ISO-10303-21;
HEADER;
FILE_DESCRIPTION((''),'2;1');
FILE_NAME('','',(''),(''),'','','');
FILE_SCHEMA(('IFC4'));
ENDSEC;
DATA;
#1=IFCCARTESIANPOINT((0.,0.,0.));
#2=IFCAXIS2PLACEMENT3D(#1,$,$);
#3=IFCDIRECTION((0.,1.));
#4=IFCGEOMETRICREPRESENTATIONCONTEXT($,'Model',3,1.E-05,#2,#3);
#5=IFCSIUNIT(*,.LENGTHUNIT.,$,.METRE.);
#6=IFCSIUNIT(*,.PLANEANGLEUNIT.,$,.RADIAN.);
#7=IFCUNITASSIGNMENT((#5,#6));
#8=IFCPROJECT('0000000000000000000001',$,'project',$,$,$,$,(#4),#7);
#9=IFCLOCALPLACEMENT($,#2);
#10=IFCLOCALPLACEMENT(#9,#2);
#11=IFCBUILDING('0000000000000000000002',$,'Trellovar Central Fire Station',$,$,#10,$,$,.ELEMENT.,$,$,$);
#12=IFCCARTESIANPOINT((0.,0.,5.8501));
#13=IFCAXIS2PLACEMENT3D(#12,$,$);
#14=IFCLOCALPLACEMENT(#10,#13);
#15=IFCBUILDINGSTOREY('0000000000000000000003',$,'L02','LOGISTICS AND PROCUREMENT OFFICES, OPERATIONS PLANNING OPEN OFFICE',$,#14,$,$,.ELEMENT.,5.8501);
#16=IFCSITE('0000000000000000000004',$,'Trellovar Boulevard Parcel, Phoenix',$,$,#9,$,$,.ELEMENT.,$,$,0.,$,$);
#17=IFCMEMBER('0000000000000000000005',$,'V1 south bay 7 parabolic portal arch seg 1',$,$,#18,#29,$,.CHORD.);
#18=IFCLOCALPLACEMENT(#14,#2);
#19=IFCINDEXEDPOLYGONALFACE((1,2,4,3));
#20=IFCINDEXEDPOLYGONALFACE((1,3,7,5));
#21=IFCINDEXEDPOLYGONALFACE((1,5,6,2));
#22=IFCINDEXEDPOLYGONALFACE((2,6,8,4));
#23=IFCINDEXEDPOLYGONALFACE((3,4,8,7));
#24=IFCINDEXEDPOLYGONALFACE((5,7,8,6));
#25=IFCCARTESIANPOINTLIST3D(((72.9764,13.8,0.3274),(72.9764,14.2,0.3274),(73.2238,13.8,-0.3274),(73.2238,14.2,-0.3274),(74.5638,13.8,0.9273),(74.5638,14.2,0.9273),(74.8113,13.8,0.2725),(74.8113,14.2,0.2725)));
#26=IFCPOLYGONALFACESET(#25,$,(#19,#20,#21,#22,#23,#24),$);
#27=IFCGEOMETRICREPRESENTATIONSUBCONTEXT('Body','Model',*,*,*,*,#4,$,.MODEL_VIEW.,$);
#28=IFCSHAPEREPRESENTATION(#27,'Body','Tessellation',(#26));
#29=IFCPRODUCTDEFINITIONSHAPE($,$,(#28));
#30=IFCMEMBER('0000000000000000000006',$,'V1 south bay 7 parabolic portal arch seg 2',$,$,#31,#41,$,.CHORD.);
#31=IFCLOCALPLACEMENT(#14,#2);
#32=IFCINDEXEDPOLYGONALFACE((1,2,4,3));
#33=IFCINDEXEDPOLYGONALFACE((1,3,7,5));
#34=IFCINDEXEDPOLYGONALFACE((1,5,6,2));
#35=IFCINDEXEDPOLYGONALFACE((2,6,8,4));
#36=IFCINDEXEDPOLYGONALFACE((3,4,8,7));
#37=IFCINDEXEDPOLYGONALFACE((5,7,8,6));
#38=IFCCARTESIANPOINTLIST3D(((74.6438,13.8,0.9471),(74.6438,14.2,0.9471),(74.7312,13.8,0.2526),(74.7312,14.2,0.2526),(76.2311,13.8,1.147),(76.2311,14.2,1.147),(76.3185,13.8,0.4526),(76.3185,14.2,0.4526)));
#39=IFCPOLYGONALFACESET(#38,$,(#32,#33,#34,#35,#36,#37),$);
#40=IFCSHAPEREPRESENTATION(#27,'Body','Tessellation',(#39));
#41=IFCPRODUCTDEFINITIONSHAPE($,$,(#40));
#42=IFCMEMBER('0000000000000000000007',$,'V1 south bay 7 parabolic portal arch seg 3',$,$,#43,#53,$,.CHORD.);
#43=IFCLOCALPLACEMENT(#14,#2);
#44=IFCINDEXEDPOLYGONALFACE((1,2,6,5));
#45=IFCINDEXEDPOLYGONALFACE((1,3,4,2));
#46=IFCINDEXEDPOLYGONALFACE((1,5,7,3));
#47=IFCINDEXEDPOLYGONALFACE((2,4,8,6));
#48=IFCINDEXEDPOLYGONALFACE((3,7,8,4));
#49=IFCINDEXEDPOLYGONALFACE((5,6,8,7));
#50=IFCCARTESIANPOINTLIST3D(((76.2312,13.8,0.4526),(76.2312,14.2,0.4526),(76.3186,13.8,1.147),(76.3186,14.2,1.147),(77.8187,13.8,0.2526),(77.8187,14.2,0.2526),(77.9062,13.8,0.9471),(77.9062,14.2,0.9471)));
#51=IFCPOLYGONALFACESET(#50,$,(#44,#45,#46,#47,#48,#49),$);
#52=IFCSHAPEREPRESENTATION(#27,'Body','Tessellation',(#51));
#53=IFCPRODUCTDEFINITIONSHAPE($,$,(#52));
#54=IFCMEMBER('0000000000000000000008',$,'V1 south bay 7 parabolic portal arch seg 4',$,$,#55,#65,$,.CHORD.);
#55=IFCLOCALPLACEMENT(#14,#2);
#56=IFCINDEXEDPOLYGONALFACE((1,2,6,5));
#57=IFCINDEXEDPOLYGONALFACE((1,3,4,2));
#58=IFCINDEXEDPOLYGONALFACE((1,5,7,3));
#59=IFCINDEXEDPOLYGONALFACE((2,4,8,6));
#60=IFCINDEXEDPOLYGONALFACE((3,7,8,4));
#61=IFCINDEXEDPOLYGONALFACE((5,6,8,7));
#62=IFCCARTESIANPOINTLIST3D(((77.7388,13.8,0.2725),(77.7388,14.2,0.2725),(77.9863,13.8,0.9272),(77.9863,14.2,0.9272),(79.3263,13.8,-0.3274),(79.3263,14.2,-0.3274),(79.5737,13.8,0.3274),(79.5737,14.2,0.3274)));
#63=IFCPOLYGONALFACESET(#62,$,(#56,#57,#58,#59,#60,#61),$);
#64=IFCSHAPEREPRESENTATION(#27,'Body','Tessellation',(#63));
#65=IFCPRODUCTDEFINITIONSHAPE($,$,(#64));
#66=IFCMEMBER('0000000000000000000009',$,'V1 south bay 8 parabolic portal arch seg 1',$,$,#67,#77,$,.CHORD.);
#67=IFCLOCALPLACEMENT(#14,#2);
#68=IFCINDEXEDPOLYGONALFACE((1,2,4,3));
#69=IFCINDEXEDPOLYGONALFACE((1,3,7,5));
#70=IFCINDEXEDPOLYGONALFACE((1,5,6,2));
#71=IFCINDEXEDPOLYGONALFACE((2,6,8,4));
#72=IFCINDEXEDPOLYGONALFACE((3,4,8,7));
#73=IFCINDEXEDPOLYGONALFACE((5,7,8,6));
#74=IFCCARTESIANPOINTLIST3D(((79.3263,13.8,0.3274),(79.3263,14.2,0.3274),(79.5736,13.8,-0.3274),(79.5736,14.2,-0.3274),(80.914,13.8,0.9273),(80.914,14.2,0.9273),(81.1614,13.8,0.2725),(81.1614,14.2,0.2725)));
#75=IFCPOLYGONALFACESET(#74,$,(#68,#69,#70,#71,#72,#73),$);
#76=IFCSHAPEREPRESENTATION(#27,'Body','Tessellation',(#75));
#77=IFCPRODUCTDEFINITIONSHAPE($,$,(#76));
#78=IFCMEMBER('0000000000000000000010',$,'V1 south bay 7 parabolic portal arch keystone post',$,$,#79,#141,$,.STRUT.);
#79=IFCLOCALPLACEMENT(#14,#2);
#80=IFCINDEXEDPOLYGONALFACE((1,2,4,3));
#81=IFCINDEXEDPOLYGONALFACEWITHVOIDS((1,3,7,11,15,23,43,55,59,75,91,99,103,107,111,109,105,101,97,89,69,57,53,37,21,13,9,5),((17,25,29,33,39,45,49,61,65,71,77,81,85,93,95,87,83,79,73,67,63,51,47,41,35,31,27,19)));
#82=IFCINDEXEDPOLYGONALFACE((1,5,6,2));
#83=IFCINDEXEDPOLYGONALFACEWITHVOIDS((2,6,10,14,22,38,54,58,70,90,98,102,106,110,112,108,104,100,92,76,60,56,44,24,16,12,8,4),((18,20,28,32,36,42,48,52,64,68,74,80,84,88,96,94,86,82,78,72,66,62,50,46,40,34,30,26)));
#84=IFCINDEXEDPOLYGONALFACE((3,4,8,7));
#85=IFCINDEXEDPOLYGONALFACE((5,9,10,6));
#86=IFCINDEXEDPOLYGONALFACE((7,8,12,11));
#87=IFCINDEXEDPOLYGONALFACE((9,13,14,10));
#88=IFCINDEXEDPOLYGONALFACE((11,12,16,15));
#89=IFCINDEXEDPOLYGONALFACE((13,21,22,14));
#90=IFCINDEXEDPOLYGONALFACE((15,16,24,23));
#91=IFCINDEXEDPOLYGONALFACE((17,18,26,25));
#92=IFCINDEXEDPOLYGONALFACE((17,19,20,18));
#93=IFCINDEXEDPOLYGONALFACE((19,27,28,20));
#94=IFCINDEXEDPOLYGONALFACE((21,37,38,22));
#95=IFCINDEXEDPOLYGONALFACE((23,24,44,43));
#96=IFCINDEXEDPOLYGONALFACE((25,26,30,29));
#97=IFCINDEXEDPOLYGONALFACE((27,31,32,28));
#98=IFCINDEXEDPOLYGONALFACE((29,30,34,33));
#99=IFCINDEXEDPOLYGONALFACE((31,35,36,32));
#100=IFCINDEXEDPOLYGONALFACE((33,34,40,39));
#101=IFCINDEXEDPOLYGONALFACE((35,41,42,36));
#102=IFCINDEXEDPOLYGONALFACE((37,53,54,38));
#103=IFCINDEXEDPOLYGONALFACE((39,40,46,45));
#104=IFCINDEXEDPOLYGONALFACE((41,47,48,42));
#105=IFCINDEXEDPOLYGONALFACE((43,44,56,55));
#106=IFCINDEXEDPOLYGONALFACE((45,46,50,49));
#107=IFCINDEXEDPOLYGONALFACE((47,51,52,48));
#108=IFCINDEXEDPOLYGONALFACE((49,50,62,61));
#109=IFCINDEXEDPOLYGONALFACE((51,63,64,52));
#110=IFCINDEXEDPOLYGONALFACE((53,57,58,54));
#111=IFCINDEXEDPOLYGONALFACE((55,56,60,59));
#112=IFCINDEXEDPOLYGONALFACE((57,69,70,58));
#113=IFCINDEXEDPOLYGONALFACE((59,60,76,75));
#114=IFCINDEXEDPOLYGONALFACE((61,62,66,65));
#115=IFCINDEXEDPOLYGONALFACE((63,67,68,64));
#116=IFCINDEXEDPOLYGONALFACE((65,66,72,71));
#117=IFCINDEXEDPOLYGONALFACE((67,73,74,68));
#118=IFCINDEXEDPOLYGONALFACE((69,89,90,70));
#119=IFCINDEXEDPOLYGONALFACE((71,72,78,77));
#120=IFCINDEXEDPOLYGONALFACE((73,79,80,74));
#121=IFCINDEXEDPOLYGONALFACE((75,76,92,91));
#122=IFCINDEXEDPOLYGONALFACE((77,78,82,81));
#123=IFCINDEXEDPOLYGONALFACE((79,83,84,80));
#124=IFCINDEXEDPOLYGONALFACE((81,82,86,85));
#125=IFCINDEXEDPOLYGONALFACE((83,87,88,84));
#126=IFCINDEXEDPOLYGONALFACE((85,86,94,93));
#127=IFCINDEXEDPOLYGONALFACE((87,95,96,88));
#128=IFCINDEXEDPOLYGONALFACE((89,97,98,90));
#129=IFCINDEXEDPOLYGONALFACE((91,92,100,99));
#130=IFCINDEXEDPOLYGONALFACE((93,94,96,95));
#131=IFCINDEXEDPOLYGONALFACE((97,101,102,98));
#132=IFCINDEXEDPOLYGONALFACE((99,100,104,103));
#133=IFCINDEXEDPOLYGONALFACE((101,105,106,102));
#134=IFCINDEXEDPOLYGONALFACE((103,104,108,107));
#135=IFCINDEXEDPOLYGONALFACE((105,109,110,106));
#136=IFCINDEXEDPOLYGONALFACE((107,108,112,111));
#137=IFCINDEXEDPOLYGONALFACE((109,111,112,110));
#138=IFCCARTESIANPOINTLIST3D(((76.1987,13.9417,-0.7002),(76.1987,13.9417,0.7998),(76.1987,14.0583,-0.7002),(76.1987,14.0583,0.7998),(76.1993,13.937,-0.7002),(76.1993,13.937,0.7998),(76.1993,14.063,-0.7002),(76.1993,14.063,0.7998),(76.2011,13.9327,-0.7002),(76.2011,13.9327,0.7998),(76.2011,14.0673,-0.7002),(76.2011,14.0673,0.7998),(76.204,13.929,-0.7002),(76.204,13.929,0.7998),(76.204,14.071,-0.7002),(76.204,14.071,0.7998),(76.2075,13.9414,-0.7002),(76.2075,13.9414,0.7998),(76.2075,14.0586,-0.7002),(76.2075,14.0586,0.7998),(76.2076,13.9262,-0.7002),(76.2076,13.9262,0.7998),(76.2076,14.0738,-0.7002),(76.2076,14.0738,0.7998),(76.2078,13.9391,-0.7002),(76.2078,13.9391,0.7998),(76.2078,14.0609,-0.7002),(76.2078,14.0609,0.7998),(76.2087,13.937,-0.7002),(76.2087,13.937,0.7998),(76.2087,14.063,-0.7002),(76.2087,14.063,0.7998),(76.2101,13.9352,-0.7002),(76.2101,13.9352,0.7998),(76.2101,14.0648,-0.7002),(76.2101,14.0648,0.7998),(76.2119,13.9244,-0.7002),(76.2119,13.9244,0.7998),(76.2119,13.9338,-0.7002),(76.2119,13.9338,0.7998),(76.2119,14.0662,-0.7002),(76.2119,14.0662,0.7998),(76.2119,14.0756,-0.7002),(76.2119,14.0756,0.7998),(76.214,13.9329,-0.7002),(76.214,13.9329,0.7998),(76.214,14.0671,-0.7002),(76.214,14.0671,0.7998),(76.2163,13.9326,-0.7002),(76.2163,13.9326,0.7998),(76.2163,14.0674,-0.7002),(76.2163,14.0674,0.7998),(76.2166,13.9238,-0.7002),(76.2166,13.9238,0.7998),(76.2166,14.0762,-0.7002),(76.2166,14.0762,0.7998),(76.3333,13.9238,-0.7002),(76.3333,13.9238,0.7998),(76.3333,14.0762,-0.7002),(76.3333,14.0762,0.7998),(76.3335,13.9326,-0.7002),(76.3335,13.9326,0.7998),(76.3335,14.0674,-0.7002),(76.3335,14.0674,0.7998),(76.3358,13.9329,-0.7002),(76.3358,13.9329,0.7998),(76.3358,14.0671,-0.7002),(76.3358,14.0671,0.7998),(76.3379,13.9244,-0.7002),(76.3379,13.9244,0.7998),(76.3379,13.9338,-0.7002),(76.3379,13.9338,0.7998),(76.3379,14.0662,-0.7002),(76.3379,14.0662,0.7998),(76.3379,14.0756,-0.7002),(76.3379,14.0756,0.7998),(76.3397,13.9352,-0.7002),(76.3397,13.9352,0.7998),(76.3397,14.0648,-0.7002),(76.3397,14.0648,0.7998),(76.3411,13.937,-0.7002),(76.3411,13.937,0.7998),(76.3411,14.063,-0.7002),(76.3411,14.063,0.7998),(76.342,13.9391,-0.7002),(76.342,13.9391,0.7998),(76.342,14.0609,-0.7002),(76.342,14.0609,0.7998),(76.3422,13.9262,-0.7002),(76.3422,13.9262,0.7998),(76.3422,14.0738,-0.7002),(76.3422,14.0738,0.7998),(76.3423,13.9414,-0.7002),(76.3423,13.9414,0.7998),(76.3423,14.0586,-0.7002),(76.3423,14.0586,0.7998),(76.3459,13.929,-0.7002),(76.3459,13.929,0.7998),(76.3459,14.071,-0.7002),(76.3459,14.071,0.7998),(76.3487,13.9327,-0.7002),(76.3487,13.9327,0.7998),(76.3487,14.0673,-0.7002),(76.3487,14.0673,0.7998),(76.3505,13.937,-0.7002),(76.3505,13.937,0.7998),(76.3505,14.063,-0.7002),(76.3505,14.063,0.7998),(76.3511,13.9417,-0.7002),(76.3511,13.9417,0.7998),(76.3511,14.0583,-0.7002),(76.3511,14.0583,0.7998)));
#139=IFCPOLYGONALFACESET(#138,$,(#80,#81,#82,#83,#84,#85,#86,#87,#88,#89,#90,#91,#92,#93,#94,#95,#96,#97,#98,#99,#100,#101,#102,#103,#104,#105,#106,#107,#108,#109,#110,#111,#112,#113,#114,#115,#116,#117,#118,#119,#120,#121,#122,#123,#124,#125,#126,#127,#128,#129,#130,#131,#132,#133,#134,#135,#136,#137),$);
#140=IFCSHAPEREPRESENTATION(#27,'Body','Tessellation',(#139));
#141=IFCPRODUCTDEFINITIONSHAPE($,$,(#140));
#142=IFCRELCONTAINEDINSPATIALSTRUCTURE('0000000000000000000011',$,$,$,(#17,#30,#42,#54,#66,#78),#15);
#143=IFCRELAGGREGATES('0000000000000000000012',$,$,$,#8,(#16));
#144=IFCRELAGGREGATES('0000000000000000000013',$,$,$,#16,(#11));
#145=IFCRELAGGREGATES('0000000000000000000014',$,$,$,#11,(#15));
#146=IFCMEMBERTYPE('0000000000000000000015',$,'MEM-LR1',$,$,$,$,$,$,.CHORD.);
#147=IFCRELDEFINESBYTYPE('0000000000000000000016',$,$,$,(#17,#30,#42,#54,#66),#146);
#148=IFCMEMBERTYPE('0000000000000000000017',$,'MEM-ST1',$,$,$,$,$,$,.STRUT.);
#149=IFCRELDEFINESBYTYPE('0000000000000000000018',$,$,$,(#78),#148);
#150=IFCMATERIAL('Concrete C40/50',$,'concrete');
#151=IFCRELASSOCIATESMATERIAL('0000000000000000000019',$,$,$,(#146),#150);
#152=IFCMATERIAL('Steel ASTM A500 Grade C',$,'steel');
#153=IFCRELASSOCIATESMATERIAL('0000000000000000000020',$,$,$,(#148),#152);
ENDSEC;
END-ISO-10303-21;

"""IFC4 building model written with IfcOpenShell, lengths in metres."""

from ifc_helpers import new_model, si_unit, direction, frame, origin, origin_2d, place, context, subcontext, project, spatial, rectangle, hollow_rectangle, extrude, material, material_profile, profile_set, type_object, element, save


model = new_model("IFC4")

# Units and contexts
model_context = context("Model", 3, precision=1e-05, world=origin(), true_north=direction((0.0, 1.0)))
body_context = subcontext(model_context, "Body", "Model", "MODEL_VIEW")
ifc_project = project(units=[si_unit("LENGTHUNIT", "METRE"), si_unit("PLANEANGLEUNIT", "RADIAN")], contexts=[model_context])

# Site, building, storey
site_placement = place(None, origin())
site = spatial("IfcSite", under=ifc_project, at=site_placement, Name="Trellovar Boulevard Parcel, Phoenix", CompositionType="ELEMENT", RefElevation=0.0)
building_placement = place(site_placement, origin())
building = spatial("IfcBuilding", under=site, at=building_placement, Name="Trellovar Central Fire Station", CompositionType="ELEMENT")
storey_placement = place(building_placement, frame((0.0, 0.0, 5.8501)))
storey = spatial("IfcBuildingStorey", under=building, at=storey_placement, Name="L02", Description="LOGISTICS AND PROCUREMENT OFFICES, OPERATIONS PLANNING OPEN OFFICE", CompositionType="ELEMENT", Elevation=5.8501)

# Members
ifc_material_1 = material(Name="Concrete C40/50", Category="concrete")
ifc_material_profile_1 = material_profile(ifc_material_1, rectangle(XDim=0.3999, YDim=0.7, at=origin_2d()), Name="RC400X700")
ifc_profile_set_1 = profile_set([ifc_material_profile_1], Name="Concrete C40/50")
member_type_1 = type_object("IfcMemberType", Name="MEM-LR1", PredefinedType="CHORD", material=ifc_profile_set_1)
member_1_placement = place(storey_placement, frame((73.1001, 14.0, 0.0), z_axis=(0.935439, 0.0, 0.353487), x_axis=(0.0, 1.0, 0.0)))
element("IfcMember", 1, at=member_1_placement, inside=storey, type_object=member_type_1, Name="V1 south bay 7 parabolic portal arch seg 1", PredefinedType="CHORD", context=body_context, shape_type="SweptSolid", body=[
    extrude(rectangle(XDim=0.3999, YDim=0.7, at=origin_2d()), origin(), (0.0, 0.0, 1.0), 1.697),
])
member_2_placement = place(storey_placement, frame((74.6875, 14.0, 0.5999), z_axis=(0.99216, 0.0, 0.124974), x_axis=(0.0, 1.0, 0.0)))
element("IfcMember", 2, at=member_2_placement, inside=storey, type_object=member_type_1, Name="V1 south bay 7 parabolic portal arch seg 2", PredefinedType="CHORD", context=body_context, shape_type="SweptSolid", body=[
    extrude(rectangle(XDim=0.3999, YDim=0.7, at=origin_2d()), origin(), (0.0, 0.0, 1.0), 1.5999),
])
member_3_placement = place(storey_placement, frame((76.2749, 14.0, 0.7998), z_axis=(0.992162, 0.0, -0.124955), x_axis=(0.0, 1.0, 0.0)))
element("IfcMember", 3, at=member_3_placement, inside=storey, type_object=member_type_1, Name="V1 south bay 7 parabolic portal arch seg 3", PredefinedType="CHORD", context=body_context, shape_type="SweptSolid", body=[
    extrude(rectangle(XDim=0.3999, YDim=0.7, at=origin_2d()), origin(), (0.0, 0.0, 1.0), 1.6001),
])
member_4_placement = place(storey_placement, frame((77.8625, 14.0, 0.5999), z_axis=(0.935439, 0.0, -0.353487), x_axis=(0.0, 1.0, 0.0)))
element("IfcMember", 4, at=member_4_placement, inside=storey, type_object=member_type_1, Name="V1 south bay 7 parabolic portal arch seg 4", PredefinedType="CHORD", context=body_context, shape_type="SweptSolid", body=[
    extrude(rectangle(XDim=0.3999, YDim=0.7, at=origin_2d()), origin(), (0.0, 0.0, 1.0), 1.697),
])
member_5_placement = place(storey_placement, frame((79.45, 14.0, 0.0), z_axis=(0.935457, 0.0, 0.35344), x_axis=(0.0, 1.0, 0.0)))
element("IfcMember", 5, at=member_5_placement, inside=storey, type_object=member_type_1, Name="V1 south bay 8 parabolic portal arch seg 1", PredefinedType="CHORD", context=body_context, shape_type="SweptSolid", body=[
    extrude(rectangle(XDim=0.3999, YDim=0.7, at=origin_2d()), origin(), (0.0, 0.0, 1.0), 1.6973),
])
ifc_material_2 = material(Name="Steel ASTM A500 Grade C", Category="steel")
ifc_material_profile_2 = material_profile(ifc_material_2, hollow_rectangle(XDim=0.1523, YDim=0.1523, WallThickness=0.0088, InnerFilletRadius=0.0088, OuterFilletRadius=0.0178, at=origin_2d()), Name="HSS6X6X3/8")
ifc_profile_set_2 = profile_set([ifc_material_profile_2], Name="Steel ASTM A500 Grade C")
member_type_2 = type_object("IfcMemberType", Name="MEM-ST1", PredefinedType="STRUT", material=ifc_profile_set_2)
member_6_placement = place(storey_placement, frame((76.2749, 14.0, -0.7002), z_axis=(0.0, 0.0, 1.0), x_axis=(1.0, 0.0, 0.0)))
element("IfcMember", 6, at=member_6_placement, inside=storey, type_object=member_type_2, Name="V1 south bay 7 parabolic portal arch keystone post", PredefinedType="STRUT", context=body_context, shape_type="SweptSolid", body=[
    extrude(hollow_rectangle(XDim=0.1523, YDim=0.1523, WallThickness=0.0088, InnerFilletRadius=0.0088, OuterFilletRadius=0.0178, at=origin_2d()), origin(), (0.0, 0.0, 1.0), 1.5),
])

save(model, "model.ifc")
